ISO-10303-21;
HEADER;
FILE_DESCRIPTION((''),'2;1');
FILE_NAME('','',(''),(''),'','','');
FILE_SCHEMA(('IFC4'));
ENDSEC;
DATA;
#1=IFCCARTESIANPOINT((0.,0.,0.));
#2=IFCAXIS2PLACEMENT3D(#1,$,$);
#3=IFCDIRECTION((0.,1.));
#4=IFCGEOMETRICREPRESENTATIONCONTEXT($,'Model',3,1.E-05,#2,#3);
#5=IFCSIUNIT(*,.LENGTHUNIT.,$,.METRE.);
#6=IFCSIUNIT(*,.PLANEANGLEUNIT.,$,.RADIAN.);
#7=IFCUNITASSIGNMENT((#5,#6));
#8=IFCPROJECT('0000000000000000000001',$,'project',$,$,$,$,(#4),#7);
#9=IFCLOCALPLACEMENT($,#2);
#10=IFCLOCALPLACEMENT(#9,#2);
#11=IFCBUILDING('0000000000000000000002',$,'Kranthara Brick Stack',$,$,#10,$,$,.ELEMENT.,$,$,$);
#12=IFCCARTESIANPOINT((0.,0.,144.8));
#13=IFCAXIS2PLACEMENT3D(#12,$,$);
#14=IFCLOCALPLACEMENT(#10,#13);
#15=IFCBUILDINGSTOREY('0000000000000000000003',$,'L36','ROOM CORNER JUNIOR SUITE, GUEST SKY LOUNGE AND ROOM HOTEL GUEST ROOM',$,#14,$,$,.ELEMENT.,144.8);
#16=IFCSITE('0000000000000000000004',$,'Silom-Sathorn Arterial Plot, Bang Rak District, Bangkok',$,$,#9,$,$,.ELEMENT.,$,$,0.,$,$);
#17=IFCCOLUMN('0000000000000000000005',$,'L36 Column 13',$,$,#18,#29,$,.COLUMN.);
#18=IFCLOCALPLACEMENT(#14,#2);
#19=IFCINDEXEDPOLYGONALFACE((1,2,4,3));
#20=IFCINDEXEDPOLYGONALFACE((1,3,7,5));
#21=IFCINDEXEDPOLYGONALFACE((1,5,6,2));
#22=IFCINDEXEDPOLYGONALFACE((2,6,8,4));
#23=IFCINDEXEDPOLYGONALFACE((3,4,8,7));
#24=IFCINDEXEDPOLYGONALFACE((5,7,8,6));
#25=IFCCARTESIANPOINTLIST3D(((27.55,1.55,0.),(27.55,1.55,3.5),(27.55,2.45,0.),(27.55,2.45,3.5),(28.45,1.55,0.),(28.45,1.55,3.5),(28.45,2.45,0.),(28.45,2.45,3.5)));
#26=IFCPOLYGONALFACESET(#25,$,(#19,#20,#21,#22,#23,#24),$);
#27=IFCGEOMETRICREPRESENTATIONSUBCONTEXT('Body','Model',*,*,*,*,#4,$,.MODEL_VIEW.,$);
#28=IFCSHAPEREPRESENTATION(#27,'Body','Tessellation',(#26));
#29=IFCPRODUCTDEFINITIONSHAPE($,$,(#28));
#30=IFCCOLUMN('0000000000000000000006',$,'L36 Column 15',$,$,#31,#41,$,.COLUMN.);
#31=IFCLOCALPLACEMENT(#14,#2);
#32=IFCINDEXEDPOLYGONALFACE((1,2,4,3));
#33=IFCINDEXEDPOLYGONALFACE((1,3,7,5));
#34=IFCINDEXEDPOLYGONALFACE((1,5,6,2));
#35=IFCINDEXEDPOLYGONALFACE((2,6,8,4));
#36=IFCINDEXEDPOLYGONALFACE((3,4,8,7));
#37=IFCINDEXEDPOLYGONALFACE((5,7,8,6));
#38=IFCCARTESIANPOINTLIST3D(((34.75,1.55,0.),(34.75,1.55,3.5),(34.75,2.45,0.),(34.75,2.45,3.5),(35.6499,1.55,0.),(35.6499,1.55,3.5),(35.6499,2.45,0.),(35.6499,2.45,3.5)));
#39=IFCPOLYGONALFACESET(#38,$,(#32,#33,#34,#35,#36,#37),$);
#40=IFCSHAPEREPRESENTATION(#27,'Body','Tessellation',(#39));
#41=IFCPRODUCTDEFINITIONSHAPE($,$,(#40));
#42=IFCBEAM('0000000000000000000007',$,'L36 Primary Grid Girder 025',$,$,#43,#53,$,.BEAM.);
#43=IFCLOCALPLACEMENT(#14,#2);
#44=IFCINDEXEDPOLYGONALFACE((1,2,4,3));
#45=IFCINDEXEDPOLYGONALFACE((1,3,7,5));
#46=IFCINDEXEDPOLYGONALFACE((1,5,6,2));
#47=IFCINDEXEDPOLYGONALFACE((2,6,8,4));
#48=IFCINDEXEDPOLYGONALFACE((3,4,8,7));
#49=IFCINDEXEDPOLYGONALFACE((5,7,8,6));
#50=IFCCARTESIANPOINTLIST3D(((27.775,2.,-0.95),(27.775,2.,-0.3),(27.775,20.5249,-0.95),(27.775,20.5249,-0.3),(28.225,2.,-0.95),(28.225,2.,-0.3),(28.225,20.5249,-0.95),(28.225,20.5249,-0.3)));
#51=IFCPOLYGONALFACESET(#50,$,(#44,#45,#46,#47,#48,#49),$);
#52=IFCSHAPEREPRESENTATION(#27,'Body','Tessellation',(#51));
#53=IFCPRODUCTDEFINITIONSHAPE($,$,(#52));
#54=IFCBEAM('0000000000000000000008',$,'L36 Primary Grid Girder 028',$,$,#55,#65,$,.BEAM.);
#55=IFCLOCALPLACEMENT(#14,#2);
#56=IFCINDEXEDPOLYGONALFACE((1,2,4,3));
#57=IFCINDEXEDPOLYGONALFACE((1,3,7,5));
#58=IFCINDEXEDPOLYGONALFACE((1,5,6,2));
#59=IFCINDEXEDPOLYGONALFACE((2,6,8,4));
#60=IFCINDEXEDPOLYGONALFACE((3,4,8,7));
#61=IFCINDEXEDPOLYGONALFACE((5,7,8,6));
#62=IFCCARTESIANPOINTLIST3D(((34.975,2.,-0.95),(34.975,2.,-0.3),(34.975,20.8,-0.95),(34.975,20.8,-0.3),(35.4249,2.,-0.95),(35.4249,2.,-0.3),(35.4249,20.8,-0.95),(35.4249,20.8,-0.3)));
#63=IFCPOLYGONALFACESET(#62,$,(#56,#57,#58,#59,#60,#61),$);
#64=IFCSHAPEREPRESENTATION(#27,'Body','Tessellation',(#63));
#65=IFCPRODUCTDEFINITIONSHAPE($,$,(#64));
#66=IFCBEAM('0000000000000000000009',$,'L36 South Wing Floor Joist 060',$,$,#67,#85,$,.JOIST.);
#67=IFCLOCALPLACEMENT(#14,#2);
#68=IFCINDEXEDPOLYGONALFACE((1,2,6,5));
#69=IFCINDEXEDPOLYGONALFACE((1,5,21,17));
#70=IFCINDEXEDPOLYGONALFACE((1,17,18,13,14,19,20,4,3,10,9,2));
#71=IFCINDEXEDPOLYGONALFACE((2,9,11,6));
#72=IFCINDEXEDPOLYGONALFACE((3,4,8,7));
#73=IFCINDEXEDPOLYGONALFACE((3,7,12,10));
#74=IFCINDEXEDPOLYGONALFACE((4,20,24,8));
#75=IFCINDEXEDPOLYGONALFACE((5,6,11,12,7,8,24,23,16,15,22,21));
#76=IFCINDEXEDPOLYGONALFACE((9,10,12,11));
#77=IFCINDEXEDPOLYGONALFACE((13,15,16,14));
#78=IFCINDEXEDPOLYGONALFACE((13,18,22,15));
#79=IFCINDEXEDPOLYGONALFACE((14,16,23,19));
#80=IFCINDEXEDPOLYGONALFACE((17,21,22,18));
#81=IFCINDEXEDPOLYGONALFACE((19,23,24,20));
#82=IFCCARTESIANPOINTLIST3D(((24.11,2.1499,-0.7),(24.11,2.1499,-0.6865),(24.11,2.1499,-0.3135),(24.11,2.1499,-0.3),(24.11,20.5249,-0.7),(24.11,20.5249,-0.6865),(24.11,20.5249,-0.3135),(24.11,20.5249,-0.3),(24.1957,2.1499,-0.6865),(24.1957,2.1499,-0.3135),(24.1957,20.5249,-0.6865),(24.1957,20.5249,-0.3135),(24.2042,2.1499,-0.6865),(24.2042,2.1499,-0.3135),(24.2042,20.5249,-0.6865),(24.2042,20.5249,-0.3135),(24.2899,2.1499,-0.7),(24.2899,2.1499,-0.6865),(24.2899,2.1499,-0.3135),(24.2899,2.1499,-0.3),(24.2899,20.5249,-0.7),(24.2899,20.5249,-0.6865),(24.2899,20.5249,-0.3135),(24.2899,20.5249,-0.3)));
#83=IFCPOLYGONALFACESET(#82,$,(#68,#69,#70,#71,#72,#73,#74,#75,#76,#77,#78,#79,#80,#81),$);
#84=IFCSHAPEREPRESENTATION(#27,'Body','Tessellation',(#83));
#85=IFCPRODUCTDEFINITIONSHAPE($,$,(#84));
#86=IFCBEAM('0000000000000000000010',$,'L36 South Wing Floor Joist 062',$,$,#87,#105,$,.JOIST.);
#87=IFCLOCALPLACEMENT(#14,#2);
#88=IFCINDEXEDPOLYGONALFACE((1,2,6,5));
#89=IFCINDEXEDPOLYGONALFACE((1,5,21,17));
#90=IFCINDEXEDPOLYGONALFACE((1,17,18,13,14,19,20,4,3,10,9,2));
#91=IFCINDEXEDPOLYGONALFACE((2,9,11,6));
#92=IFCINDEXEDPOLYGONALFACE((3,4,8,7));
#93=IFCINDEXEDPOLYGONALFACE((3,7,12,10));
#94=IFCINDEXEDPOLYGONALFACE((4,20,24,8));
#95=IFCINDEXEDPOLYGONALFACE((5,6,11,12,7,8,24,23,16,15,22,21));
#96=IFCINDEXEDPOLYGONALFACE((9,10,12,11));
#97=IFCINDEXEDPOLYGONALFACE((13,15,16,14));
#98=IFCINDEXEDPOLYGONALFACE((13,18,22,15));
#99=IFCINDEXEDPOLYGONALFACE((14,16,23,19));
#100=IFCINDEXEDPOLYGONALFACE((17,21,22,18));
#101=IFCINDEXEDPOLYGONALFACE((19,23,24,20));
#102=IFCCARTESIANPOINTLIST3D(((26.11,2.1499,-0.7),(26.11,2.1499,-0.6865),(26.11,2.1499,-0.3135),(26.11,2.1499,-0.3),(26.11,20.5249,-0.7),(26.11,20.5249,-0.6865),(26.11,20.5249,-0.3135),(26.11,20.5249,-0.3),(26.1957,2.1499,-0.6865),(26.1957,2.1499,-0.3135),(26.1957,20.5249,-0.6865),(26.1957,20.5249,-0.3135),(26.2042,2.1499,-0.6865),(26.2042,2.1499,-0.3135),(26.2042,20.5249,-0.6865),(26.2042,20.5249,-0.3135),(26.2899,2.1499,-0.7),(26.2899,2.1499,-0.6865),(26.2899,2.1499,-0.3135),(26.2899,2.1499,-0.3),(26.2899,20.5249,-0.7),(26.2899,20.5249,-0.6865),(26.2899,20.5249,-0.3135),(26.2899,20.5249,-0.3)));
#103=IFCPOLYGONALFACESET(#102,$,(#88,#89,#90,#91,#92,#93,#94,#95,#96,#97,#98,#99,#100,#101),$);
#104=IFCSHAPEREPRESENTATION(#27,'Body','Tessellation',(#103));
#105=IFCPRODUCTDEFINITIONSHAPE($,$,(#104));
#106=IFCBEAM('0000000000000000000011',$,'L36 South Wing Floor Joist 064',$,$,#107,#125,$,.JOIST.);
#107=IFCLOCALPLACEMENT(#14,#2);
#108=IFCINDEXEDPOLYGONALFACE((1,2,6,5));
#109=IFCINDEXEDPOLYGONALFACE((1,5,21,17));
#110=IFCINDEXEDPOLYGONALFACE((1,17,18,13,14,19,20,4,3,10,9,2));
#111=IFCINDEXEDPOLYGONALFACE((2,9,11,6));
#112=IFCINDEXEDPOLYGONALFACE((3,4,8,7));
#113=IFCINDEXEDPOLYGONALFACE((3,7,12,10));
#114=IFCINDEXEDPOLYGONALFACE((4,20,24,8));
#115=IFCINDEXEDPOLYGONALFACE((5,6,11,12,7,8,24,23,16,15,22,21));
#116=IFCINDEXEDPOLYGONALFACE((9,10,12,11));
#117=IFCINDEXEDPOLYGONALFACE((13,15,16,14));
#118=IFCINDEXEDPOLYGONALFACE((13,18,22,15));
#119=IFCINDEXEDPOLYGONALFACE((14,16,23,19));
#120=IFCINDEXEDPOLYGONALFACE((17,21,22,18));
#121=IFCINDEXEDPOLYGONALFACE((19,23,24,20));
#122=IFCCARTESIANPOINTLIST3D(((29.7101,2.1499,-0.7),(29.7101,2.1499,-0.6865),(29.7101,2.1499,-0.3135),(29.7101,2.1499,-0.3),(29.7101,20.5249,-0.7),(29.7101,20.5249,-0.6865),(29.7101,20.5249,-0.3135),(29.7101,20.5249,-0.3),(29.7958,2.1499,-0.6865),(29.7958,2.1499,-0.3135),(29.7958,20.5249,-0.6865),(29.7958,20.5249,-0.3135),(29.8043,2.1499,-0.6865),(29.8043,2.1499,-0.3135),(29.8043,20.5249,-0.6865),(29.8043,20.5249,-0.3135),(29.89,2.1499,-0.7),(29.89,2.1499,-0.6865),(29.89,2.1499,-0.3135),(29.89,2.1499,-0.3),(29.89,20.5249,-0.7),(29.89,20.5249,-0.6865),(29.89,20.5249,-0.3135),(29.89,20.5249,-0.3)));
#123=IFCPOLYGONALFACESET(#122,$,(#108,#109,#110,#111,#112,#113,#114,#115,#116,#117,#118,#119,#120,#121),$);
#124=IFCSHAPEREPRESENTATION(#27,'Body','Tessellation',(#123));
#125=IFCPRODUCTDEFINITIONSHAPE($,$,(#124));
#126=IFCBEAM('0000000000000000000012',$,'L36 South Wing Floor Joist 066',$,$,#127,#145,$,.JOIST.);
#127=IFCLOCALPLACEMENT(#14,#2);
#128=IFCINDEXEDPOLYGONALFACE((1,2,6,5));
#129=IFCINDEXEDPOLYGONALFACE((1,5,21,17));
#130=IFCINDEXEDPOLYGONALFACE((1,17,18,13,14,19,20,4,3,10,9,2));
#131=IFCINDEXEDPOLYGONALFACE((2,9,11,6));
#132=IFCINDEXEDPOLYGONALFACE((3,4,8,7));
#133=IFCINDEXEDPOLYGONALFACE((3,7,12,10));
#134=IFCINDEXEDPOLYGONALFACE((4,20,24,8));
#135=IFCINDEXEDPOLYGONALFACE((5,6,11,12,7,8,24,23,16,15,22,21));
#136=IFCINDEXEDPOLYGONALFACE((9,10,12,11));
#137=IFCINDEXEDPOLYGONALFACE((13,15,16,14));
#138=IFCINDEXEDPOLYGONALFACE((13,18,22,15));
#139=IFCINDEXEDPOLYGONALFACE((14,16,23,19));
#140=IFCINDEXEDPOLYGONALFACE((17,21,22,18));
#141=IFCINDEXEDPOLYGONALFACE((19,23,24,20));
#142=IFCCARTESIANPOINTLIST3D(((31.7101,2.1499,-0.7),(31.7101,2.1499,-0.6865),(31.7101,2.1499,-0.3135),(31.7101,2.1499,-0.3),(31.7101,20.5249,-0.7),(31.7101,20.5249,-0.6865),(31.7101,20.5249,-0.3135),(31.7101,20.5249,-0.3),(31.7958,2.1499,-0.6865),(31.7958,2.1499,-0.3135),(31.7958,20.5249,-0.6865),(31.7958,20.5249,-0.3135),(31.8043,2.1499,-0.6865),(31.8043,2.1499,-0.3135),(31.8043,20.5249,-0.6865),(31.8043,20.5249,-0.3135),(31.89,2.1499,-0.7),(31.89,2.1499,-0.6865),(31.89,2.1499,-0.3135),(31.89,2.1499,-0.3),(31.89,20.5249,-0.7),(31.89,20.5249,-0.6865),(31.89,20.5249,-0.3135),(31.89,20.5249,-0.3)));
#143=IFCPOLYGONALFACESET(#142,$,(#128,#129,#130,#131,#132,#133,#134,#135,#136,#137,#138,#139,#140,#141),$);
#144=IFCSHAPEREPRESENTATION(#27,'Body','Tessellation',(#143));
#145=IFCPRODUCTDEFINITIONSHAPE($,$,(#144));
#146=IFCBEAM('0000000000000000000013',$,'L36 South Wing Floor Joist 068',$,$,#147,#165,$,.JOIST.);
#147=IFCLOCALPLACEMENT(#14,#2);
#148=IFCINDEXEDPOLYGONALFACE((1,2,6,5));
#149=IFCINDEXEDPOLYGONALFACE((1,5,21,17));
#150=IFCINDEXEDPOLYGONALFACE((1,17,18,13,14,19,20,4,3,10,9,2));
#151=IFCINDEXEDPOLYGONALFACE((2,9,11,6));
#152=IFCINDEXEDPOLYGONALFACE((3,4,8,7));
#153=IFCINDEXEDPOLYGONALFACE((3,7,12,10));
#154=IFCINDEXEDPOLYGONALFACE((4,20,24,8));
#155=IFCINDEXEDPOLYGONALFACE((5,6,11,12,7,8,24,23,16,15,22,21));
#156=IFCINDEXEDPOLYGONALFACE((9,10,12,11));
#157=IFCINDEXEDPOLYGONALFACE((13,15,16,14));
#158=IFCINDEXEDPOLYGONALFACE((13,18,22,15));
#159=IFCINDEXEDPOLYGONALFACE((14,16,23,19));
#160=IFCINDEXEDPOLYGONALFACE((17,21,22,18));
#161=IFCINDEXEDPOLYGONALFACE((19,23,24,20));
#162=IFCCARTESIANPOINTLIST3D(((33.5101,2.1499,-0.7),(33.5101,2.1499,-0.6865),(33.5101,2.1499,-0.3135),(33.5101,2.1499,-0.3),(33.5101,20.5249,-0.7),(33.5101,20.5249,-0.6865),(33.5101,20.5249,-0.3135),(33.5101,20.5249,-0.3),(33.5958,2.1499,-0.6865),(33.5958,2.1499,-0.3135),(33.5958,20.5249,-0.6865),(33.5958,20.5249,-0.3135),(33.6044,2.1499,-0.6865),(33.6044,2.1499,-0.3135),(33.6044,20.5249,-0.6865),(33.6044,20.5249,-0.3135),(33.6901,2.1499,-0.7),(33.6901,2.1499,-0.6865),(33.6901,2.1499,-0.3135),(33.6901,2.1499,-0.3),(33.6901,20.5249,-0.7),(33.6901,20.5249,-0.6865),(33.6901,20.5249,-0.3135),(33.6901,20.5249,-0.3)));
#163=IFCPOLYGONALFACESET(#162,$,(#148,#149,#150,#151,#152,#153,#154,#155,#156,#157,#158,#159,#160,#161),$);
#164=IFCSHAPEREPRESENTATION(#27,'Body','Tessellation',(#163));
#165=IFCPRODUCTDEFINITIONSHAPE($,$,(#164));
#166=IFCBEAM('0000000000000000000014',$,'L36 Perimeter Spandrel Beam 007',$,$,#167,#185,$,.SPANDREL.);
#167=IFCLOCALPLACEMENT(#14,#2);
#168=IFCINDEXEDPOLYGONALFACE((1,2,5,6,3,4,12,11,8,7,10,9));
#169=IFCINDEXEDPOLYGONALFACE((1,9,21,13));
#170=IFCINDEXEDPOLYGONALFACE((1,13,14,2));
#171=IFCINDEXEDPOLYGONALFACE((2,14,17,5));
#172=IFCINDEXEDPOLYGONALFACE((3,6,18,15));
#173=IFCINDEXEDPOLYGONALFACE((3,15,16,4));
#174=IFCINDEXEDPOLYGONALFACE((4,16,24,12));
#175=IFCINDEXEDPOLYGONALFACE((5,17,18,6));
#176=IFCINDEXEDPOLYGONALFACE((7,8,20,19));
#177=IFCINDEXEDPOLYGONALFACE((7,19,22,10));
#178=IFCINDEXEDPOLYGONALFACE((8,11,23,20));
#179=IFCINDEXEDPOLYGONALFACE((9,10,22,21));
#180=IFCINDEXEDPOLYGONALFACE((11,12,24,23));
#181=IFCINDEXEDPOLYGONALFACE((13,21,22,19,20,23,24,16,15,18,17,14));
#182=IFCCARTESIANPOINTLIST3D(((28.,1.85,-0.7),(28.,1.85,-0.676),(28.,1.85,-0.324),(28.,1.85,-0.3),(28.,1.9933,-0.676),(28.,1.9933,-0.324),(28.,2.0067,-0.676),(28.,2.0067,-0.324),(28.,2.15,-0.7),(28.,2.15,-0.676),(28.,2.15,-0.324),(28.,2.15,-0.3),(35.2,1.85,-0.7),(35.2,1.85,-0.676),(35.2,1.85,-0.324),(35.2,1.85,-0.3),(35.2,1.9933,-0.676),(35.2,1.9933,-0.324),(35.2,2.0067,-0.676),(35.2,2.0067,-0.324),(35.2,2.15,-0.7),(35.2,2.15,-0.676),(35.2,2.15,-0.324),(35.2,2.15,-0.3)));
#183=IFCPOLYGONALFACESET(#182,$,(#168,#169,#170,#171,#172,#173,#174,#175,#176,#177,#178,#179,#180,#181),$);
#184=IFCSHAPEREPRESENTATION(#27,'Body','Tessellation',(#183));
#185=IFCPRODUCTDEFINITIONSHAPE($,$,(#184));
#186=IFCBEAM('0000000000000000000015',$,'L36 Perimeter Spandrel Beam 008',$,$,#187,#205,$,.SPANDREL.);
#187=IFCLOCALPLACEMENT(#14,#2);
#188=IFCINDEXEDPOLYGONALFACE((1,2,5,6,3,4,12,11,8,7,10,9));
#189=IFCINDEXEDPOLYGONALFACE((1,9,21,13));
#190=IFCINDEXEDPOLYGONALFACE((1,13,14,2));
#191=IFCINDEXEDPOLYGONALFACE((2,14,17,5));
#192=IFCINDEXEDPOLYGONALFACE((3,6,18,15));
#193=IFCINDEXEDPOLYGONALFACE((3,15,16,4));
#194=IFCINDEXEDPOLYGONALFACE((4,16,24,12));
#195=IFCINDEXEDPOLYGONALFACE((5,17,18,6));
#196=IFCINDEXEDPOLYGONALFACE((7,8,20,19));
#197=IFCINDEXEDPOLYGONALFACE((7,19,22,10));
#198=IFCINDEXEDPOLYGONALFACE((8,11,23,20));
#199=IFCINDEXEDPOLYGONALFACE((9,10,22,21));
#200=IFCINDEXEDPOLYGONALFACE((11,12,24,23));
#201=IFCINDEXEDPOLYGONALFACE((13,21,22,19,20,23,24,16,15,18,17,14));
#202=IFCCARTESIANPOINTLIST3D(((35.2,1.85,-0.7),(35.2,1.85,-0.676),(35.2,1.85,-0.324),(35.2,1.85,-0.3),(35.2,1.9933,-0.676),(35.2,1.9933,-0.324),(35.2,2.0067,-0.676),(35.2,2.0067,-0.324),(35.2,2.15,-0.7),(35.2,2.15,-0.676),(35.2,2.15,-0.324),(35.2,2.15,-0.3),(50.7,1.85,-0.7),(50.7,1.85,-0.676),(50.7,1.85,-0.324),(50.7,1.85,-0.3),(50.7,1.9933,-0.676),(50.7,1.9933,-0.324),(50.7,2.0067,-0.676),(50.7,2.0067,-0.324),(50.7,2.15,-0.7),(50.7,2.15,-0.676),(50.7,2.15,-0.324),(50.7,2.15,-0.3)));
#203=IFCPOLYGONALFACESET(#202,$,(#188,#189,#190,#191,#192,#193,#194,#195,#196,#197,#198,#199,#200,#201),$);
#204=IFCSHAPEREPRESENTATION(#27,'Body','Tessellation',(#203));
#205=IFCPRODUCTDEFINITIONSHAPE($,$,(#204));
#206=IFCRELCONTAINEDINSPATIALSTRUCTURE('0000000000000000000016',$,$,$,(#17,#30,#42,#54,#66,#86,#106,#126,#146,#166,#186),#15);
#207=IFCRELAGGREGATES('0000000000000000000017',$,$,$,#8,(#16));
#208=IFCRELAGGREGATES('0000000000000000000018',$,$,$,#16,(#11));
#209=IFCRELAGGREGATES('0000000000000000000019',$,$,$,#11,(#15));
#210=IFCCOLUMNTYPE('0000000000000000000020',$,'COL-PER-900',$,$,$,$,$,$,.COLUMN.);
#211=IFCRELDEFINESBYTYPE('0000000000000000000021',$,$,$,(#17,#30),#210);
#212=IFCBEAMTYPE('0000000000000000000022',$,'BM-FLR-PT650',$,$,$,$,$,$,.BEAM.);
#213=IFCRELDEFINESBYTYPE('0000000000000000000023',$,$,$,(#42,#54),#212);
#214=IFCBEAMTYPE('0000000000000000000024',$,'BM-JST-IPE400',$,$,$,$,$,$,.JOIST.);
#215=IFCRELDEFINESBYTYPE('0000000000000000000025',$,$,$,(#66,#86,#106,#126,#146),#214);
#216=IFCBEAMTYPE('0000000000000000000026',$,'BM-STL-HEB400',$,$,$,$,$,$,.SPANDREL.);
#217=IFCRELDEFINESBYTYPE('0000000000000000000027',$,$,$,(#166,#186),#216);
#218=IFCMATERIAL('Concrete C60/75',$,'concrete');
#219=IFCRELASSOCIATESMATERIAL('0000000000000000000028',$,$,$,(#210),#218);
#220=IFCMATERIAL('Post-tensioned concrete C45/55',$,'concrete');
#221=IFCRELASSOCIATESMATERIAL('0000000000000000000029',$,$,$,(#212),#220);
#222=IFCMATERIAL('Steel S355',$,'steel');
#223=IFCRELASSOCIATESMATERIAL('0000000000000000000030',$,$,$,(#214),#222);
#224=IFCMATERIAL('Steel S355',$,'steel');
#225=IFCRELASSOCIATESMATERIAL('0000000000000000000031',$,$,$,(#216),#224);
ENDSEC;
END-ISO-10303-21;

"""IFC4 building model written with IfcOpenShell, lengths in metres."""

from ifc_helpers import new_model, si_unit, direction, frame, origin, origin_2d, place, context, subcontext, project, spatial, rectangle, i_section, extrude, material, material_profile, profile_set, type_object, element, save


model = new_model("IFC4")

# Units and contexts
model_context = context("Model", 3, precision=1e-05, world=origin(), true_north=direction((0.0, 1.0)))
body_context = subcontext(model_context, "Body", "Model", "MODEL_VIEW")
ifc_project = project(units=[si_unit("LENGTHUNIT", "METRE"), si_unit("PLANEANGLEUNIT", "RADIAN")], contexts=[model_context])

# Site, building, storey
site_placement = place(None, origin())
site = spatial("IfcSite", under=ifc_project, at=site_placement, Name="Silom-Sathorn Arterial Plot, Bang Rak District, Bangkok", CompositionType="ELEMENT", RefElevation=0.0)
building_placement = place(site_placement, origin())
building = spatial("IfcBuilding", under=site, at=building_placement, Name="Kranthara Brick Stack", CompositionType="ELEMENT")
storey_placement = place(building_placement, frame((0.0, 0.0, 144.8)))
storey = spatial("IfcBuildingStorey", under=building, at=storey_placement, Name="L36", Description="ROOM CORNER JUNIOR SUITE, GUEST SKY LOUNGE AND ROOM HOTEL GUEST ROOM", CompositionType="ELEMENT", Elevation=144.8)

# Columns
ifc_material_1 = material(Name="Concrete C60/75", Category="concrete")
ifc_material_profile_1 = material_profile(ifc_material_1, rectangle(XDim=0.8999, YDim=0.8999, at=origin_2d()), Name="RC 900x900")
ifc_profile_set_1 = profile_set([ifc_material_profile_1], Name="Concrete C60/75")
column_type = type_object("IfcColumnType", Name="COL-PER-900", PredefinedType="COLUMN", material=ifc_profile_set_1)
for number, where, z_axis, x_axis, name in (
    (1, (28.0, 2.0, 0.0), (0.0, 0.0, 1.0), (1.0, 0.0, 0.0), "L36 Column 13"),
    (2, (35.2, 2.0, 0.0), (0.0, 0.0, 1.0), (1.0, 0.0, 0.0), "L36 Column 15"),
):
    element("IfcColumn", number, at=place(storey_placement, frame(where, z_axis=z_axis, x_axis=x_axis)), inside=storey, type_object=column_type, Name=name, PredefinedType="COLUMN", context=body_context, shape_type="SweptSolid", body=[
        extrude(rectangle(XDim=0.8999, YDim=0.8999, at=origin_2d()), origin(), (0.0, 0.0, 1.0), 3.5),
    ])

# Beams
ifc_material_2 = material(Name="Post-tensioned concrete C45/55", Category="concrete")
ifc_material_profile_2 = material_profile(ifc_material_2, rectangle(XDim=0.45, YDim=0.6499, at=origin_2d()), Name="PT 450x650")
ifc_profile_set_2 = profile_set([ifc_material_profile_2], Name="Post-tensioned concrete C45/55")
beam_type_1 = type_object("IfcBeamType", Name="BM-FLR-PT650", PredefinedType="BEAM", material=ifc_profile_set_2)
beam_1_placement = place(storey_placement, frame((28.0, 2.0, -0.625), z_axis=(0.0, 1.0, 0.0), x_axis=(-1.0, 0.0, 0.0)))
element("IfcBeam", 3, at=beam_1_placement, inside=storey, type_object=beam_type_1, Name="L36 Primary Grid Girder 025", PredefinedType="BEAM", context=body_context, shape_type="SweptSolid", body=[
    extrude(rectangle(XDim=0.45, YDim=0.6499, at=origin_2d()), origin(), (0.0, 0.0, 1.0), 18.5249),
])
beam_2_placement = place(storey_placement, frame((35.2, 2.0, -0.625), z_axis=(0.0, 1.0, 0.0), x_axis=(-1.0, 0.0, 0.0)))
element("IfcBeam", 4, at=beam_2_placement, inside=storey, type_object=beam_type_1, Name="L36 Primary Grid Girder 028", PredefinedType="BEAM", context=body_context, shape_type="SweptSolid", body=[
    extrude(rectangle(XDim=0.45, YDim=0.6499, at=origin_2d()), origin(), (0.0, 0.0, 1.0), 18.8),
])
ifc_material_3 = material(Name="Steel S355", Category="steel")
ifc_material_profile_3 = material_profile(ifc_material_3, i_section(OverallWidth=0.1799, OverallDepth=0.3999, WebThickness=0.0085, FlangeThickness=0.0134, at=origin_2d()), Name="IPE 400")
ifc_profile_set_3 = profile_set([ifc_material_profile_3], Name="Steel S355")
beam_type_2 = type_object("IfcBeamType", Name="BM-JST-IPE400", PredefinedType="JOIST", material=ifc_profile_set_3)
for number, where, z_axis, x_axis, name in (
    (5, (24.2, 2.1499, -0.5), (0.0, 1.0, 0.0), (-1.0, 0.0, 0.0), "L36 South Wing Floor Joist 060"),
    (6, (26.2, 2.1499, -0.5), (0.0, 1.0, 0.0), (-1.0, 0.0, 0.0), "L36 South Wing Floor Joist 062"),
    (7, (29.8, 2.1499, -0.5), (0.0, 1.0, 0.0), (-1.0, 0.0, 0.0), "L36 South Wing Floor Joist 064"),
    (8, (31.8, 2.1499, -0.5), (0.0, 1.0, 0.0), (-1.0, 0.0, 0.0), "L36 South Wing Floor Joist 066"),
    (9, (33.6001, 2.1499, -0.5), (0.0, 1.0, 0.0), (-1.0, 0.0, 0.0), "L36 South Wing Floor Joist 068"),
):
    element("IfcBeam", number, at=place(storey_placement, frame(where, z_axis=z_axis, x_axis=x_axis)), inside=storey, type_object=beam_type_2, Name=name, PredefinedType="JOIST", context=body_context, shape_type="SweptSolid", body=[
        extrude(i_section(OverallWidth=0.1799, OverallDepth=0.3999, WebThickness=0.0085, FlangeThickness=0.0134, at=origin_2d()), origin(), (0.0, 0.0, 1.0), 18.375),
    ])
ifc_material_4 = material(Name="Steel S355", Category="steel")
ifc_material_profile_4 = material_profile(ifc_material_4, i_section(OverallWidth=0.3, OverallDepth=0.3999, WebThickness=0.0134, FlangeThickness=0.0239, at=origin_2d()), Name="HEB 400")
ifc_profile_set_4 = profile_set([ifc_material_profile_4], Name="Steel S355")
beam_type_3 = type_object("IfcBeamType", Name="BM-STL-HEB400", PredefinedType="SPANDREL", material=ifc_profile_set_4)
beam_3_placement = place(storey_placement, frame((28.0, 2.0, -0.5), z_axis=(1.0, 0.0, 0.0), x_axis=(0.0, 1.0, 0.0)))
element("IfcBeam", 10, at=beam_3_placement, inside=storey, type_object=beam_type_3, Name="L36 Perimeter Spandrel Beam 007", PredefinedType="SPANDREL", context=body_context, shape_type="SweptSolid", body=[
    extrude(i_section(OverallWidth=0.3, OverallDepth=0.3999, WebThickness=0.0134, FlangeThickness=0.0239, at=origin_2d()), origin(), (0.0, 0.0, 1.0), 7.2),
])
beam_4_placement = place(storey_placement, frame((35.2, 2.0, -0.5), z_axis=(1.0, 0.0, 0.0), x_axis=(0.0, 1.0, 0.0)))
element("IfcBeam", 11, at=beam_4_placement, inside=storey, type_object=beam_type_3, Name="L36 Perimeter Spandrel Beam 008", PredefinedType="SPANDREL", context=body_context, shape_type="SweptSolid", body=[
    extrude(i_section(OverallWidth=0.3, OverallDepth=0.3999, WebThickness=0.0134, FlangeThickness=0.0239, at=origin_2d()), origin(), (0.0, 0.0, 1.0), 15.5),
])

save(model, "model.ifc")
